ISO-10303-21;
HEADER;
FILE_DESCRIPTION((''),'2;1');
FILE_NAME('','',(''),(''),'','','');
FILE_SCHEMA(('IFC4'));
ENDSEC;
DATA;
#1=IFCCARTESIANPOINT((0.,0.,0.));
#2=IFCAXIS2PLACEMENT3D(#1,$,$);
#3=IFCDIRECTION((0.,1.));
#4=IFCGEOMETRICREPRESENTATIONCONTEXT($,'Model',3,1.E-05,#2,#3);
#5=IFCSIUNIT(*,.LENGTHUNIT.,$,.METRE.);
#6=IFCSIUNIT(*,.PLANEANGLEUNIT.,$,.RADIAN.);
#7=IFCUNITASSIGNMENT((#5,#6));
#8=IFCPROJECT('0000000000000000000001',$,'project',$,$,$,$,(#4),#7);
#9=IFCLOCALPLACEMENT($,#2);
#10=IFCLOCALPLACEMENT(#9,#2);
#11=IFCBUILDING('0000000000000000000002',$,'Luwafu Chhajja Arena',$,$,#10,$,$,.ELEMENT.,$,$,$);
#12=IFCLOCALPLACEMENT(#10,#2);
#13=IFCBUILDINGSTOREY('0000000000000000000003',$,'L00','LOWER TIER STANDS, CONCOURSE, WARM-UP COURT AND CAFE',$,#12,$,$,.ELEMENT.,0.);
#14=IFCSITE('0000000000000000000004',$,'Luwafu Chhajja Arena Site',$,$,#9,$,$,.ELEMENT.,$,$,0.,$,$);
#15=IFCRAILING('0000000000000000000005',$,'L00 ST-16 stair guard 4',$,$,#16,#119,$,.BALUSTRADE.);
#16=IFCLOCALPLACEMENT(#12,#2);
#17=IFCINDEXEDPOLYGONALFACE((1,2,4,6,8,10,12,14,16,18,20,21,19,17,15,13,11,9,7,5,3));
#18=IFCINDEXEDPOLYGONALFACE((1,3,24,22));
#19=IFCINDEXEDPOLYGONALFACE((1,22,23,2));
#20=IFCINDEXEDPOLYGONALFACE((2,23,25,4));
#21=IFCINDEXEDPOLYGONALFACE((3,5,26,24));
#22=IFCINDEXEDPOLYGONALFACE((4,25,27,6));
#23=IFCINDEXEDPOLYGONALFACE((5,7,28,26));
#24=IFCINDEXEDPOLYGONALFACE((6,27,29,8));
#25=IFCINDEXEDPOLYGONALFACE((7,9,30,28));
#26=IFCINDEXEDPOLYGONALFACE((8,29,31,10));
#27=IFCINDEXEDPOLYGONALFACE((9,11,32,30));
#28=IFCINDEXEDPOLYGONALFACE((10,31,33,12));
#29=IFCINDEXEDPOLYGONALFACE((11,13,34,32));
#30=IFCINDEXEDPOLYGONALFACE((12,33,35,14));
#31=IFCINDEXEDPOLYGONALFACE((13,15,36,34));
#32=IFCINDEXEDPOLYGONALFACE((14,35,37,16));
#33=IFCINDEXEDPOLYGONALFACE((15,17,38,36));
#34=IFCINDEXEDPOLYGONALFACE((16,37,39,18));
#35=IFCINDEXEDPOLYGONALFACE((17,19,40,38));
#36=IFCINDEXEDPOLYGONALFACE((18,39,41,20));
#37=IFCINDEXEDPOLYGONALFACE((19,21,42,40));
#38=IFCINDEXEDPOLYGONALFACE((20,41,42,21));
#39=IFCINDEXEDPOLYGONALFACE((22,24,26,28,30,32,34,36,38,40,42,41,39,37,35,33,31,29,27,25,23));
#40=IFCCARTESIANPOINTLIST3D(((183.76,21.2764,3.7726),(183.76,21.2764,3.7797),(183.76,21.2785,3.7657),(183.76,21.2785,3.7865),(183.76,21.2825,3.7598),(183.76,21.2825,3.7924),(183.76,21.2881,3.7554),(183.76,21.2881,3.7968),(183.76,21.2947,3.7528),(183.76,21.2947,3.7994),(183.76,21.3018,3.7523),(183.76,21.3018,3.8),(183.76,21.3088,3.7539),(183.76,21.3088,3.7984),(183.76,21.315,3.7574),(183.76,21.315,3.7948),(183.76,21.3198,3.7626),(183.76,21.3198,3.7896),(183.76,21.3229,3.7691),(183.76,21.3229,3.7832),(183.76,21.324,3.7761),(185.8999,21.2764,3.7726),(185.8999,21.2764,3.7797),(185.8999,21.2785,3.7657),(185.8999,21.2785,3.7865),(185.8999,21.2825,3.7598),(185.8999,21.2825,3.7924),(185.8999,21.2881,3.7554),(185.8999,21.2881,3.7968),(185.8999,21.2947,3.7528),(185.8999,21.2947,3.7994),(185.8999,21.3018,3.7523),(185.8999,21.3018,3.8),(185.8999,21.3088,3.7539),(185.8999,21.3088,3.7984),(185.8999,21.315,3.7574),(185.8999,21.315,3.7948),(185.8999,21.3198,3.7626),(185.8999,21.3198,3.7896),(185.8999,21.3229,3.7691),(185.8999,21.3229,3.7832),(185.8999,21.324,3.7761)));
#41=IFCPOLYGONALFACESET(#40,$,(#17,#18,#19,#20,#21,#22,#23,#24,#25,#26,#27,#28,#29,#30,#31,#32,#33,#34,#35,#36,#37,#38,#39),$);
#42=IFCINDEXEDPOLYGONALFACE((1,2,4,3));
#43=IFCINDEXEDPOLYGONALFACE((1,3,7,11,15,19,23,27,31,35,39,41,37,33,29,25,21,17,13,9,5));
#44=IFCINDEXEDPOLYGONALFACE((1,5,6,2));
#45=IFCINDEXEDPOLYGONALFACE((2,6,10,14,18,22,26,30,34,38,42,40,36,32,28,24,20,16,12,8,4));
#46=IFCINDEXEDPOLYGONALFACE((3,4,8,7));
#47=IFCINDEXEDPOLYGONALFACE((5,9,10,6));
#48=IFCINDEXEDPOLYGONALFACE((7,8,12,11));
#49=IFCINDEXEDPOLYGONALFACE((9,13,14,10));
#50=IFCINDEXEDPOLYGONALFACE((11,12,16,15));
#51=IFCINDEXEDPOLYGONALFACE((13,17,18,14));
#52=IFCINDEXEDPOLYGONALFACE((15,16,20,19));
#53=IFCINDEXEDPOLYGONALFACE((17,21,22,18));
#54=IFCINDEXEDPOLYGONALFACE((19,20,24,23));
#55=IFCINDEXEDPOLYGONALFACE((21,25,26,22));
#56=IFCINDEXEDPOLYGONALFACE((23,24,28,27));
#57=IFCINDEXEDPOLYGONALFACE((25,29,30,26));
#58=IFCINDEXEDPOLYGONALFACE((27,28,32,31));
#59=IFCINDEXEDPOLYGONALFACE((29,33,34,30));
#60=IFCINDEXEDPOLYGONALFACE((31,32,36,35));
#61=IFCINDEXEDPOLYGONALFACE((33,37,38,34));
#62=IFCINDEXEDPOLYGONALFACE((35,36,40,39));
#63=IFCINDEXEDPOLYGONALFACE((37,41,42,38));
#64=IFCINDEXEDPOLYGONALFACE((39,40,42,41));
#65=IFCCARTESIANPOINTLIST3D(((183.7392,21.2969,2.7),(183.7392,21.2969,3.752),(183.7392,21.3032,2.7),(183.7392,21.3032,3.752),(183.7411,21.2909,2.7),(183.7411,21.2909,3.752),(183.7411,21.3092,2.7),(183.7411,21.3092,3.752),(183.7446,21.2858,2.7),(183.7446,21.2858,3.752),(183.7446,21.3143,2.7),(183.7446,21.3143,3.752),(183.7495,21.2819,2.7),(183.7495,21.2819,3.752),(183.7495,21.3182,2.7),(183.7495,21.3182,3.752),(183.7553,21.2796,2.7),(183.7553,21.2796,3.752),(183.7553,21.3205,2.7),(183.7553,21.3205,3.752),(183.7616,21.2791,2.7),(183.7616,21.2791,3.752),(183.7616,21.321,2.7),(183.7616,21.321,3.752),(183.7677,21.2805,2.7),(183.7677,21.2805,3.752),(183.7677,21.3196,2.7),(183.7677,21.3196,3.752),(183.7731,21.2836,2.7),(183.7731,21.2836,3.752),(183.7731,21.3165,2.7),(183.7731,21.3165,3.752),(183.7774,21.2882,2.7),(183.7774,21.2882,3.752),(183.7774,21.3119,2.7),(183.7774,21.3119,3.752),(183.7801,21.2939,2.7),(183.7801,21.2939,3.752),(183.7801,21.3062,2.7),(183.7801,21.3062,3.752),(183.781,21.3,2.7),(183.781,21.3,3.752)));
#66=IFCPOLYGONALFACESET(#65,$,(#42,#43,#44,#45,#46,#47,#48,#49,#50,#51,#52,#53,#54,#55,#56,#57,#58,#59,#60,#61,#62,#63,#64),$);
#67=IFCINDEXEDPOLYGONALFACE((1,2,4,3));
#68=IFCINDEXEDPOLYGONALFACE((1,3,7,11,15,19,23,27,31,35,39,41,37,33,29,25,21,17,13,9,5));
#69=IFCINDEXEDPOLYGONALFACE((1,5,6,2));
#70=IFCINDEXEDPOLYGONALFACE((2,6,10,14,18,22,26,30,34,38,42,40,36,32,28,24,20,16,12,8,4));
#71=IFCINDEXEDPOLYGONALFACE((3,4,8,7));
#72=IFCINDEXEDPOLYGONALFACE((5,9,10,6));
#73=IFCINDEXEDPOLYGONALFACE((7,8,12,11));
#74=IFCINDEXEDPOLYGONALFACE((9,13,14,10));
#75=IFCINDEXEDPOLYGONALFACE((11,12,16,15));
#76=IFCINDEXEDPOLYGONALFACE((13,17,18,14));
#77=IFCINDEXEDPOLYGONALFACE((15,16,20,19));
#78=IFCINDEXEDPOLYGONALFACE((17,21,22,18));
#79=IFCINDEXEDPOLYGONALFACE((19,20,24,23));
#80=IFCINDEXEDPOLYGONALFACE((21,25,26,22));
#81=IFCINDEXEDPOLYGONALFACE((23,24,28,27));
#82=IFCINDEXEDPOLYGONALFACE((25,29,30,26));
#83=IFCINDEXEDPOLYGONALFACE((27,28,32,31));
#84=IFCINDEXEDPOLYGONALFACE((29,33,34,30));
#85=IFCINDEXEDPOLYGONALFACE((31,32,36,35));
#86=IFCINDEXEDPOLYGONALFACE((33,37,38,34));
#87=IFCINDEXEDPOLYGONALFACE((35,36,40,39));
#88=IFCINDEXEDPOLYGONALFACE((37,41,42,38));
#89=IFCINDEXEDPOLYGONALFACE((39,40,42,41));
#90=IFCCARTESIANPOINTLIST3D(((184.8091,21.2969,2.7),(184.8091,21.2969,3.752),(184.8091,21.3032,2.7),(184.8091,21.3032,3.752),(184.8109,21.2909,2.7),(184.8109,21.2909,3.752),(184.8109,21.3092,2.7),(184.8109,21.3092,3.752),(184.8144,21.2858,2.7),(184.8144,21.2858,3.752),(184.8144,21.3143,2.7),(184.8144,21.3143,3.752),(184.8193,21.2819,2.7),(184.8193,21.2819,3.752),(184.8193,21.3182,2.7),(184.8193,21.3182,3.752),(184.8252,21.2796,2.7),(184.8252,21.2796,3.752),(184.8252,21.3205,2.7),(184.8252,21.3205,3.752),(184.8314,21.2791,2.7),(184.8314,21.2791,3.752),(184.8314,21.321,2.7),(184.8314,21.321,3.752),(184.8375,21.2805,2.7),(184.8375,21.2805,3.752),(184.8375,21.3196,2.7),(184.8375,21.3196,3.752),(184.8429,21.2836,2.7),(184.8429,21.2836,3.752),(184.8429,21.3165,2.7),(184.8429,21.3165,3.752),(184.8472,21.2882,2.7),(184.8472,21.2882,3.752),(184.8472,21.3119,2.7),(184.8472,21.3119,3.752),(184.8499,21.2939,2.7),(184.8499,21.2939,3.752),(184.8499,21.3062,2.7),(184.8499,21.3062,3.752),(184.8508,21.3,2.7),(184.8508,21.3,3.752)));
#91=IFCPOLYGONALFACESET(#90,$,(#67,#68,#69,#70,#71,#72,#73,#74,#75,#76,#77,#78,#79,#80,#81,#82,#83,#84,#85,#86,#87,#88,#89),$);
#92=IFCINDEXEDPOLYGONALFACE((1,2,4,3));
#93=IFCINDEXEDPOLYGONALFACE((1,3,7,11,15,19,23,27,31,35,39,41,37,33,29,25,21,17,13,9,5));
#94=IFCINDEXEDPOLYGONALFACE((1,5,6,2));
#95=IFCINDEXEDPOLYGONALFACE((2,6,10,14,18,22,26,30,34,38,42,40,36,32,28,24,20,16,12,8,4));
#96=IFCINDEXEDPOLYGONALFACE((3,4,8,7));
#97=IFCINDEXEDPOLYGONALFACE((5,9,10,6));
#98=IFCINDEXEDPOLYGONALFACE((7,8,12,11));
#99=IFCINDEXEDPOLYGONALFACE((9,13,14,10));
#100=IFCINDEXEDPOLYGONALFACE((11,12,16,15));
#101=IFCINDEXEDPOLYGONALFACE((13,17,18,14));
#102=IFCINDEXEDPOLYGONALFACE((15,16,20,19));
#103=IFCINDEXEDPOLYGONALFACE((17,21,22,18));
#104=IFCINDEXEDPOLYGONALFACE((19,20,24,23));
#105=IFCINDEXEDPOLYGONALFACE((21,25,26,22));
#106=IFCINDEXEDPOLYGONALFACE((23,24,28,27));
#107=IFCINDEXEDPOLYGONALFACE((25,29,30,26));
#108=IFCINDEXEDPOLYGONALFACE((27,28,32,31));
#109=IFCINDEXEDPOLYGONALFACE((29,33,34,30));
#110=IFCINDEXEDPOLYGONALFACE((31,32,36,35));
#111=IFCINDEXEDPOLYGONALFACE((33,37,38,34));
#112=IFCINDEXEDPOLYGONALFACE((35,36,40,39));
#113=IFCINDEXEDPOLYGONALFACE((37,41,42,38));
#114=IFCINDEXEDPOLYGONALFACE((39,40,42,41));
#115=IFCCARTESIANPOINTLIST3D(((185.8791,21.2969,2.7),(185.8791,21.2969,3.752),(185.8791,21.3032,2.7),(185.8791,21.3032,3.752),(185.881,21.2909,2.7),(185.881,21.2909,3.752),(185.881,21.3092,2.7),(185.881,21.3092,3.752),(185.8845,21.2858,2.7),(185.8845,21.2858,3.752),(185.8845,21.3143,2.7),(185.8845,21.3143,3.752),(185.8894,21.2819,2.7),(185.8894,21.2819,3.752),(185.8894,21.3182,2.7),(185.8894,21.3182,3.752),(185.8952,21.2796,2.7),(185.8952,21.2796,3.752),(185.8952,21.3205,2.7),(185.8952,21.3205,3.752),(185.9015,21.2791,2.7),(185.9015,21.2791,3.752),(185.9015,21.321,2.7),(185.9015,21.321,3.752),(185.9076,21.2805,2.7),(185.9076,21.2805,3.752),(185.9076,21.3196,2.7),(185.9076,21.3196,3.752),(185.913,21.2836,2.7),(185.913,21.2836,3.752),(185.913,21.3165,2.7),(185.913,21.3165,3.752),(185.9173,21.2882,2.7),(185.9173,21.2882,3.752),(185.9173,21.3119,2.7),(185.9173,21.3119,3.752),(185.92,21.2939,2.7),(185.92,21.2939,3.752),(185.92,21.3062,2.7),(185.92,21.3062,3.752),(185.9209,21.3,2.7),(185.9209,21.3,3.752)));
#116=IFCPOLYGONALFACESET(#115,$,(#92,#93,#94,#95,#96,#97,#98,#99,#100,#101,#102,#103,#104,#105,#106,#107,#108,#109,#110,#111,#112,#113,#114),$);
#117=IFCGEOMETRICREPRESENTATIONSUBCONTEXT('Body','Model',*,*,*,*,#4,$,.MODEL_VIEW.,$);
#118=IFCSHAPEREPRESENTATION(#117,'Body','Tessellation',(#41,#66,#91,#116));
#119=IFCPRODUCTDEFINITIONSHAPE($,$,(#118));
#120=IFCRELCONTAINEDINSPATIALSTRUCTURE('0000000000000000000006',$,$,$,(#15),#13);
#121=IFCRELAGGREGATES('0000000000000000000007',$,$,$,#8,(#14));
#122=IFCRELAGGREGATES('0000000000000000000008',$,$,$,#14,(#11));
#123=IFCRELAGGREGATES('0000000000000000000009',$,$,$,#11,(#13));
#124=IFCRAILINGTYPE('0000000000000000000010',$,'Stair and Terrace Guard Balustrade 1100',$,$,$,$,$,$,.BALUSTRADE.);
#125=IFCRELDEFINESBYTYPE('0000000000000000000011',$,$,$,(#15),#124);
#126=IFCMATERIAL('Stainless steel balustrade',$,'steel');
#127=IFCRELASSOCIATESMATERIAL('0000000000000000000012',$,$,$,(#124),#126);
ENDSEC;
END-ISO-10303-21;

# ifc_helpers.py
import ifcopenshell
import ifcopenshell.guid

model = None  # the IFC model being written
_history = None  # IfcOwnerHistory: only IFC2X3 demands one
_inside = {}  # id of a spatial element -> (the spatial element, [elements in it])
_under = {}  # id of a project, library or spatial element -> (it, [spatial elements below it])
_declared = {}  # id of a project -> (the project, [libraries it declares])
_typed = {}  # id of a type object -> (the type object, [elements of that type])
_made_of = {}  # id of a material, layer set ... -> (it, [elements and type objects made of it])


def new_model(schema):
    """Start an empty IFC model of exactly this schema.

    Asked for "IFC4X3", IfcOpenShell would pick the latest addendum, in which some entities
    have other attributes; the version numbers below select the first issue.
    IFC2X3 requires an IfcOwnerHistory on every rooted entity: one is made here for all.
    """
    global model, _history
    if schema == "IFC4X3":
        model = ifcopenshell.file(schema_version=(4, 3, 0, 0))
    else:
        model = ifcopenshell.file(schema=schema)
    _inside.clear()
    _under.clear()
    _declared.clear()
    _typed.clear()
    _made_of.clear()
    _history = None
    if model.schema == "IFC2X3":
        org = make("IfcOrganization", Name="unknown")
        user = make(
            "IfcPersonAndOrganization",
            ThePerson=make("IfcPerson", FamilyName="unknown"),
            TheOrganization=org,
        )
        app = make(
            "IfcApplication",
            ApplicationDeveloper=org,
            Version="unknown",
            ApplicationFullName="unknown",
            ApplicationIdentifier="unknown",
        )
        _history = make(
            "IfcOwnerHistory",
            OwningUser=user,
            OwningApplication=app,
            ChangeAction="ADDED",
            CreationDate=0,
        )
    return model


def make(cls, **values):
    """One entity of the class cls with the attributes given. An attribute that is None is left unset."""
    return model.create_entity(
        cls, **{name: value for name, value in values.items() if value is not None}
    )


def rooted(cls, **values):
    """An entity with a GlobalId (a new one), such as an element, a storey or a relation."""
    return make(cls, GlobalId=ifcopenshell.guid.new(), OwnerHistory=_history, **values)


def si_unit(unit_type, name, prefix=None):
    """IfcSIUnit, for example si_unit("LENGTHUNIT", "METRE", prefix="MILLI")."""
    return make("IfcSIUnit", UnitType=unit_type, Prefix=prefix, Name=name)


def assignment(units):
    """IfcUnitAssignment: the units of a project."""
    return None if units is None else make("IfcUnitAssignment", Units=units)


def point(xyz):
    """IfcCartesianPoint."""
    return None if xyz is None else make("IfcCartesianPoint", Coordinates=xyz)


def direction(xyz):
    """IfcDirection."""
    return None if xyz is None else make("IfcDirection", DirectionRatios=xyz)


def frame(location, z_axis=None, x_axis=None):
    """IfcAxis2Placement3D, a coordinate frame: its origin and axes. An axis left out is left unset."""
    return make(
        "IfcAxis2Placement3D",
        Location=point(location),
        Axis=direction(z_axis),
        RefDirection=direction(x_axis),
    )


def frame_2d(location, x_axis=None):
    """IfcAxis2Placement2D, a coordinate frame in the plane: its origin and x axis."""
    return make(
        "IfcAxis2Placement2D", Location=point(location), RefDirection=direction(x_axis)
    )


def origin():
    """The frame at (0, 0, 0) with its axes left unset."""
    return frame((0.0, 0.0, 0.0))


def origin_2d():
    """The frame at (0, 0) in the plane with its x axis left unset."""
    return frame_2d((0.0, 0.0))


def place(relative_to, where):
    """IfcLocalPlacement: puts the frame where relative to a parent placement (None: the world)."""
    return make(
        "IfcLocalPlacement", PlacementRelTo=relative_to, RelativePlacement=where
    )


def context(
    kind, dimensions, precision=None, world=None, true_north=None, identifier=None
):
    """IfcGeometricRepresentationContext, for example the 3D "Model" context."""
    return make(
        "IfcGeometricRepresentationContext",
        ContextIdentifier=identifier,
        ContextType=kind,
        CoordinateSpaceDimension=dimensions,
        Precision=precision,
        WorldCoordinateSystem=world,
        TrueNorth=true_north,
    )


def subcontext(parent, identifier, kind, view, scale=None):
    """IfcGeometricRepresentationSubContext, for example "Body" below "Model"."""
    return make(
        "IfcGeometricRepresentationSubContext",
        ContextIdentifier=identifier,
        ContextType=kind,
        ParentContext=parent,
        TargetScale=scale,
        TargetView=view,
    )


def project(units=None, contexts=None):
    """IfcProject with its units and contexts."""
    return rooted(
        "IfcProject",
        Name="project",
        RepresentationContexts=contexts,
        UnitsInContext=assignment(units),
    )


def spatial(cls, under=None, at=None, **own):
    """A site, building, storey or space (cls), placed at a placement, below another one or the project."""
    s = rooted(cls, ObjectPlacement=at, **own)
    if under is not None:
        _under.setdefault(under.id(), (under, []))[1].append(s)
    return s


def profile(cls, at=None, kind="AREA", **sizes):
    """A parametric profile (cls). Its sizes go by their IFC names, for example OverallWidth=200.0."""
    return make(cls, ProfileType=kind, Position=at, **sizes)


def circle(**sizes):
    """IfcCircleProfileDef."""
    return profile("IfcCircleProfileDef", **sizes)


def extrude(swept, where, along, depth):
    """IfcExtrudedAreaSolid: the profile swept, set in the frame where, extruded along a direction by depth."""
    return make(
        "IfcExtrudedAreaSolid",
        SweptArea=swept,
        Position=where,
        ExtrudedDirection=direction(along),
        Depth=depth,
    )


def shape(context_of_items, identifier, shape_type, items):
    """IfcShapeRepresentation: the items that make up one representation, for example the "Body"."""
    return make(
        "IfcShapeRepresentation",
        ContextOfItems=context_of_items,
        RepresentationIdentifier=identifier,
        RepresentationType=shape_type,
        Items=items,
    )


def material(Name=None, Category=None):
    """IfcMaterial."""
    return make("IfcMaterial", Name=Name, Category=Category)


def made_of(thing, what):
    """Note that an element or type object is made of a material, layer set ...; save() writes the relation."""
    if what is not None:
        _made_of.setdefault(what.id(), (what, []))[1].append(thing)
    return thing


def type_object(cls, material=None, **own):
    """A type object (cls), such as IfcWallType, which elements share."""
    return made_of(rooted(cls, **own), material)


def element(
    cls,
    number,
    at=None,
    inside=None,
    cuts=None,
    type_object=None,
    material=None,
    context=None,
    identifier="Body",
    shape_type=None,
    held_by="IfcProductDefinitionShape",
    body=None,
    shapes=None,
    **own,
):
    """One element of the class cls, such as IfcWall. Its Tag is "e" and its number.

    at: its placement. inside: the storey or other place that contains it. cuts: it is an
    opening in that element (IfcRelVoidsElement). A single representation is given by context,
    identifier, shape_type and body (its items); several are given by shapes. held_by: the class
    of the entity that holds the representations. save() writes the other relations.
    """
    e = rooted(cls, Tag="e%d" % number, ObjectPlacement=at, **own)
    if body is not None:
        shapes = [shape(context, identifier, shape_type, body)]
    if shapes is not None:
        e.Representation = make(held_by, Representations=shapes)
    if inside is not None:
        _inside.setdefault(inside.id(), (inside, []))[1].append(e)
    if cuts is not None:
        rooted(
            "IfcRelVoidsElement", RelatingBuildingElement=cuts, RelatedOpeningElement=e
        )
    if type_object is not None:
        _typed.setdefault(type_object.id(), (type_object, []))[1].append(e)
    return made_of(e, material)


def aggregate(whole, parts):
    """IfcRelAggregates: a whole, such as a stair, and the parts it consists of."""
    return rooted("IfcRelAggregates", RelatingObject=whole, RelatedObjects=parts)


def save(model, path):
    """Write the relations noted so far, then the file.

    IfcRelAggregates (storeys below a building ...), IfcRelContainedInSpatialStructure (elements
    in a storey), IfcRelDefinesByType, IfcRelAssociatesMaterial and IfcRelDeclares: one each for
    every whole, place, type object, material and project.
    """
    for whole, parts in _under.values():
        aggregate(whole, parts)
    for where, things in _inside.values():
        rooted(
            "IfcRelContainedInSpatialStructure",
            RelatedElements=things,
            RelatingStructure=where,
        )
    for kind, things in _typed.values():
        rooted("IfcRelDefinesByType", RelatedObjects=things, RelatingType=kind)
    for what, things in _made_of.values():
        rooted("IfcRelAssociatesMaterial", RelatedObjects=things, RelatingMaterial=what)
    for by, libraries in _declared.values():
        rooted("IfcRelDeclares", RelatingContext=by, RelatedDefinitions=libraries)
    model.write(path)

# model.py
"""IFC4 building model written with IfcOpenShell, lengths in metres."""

from ifc_helpers import new_model, si_unit, direction, frame, origin, origin_2d, place, context, subcontext, project, spatial, circle, extrude, material, type_object, element, save


model = new_model("IFC4")

# Units and contexts
model_context = context("Model", 3, precision=1e-05, world=origin(), true_north=direction((0.0, 1.0)))
body_context = subcontext(model_context, "Body", "Model", "MODEL_VIEW")
ifc_project = project(units=[si_unit("LENGTHUNIT", "METRE"), si_unit("PLANEANGLEUNIT", "RADIAN")], contexts=[model_context])

# Site, building, storey
site_placement = place(None, origin())
site = spatial("IfcSite", under=ifc_project, at=site_placement, Name="Luwafu Chhajja Arena Site", CompositionType="ELEMENT", RefElevation=0.0)
building_placement = place(site_placement, origin())
building = spatial("IfcBuilding", under=site, at=building_placement, Name="Luwafu Chhajja Arena", CompositionType="ELEMENT")
storey_placement = place(building_placement, origin())
storey = spatial("IfcBuildingStorey", under=building, at=storey_placement, Name="L00", Description="LOWER TIER STANDS, CONCOURSE, WARM-UP COURT AND CAFE", CompositionType="ELEMENT", Elevation=0.0)

# Railing
ifc_material_1 = material(Name="Stainless steel balustrade", Category="steel")
railing_type_1 = type_object("IfcRailingType", Name="Stair and Terrace Guard Balustrade 1100", PredefinedType="BALUSTRADE", material=ifc_material_1)
for number, where, name in (
    (1, (183.76, 21.3, 2.7), "L00 ST-16 stair guard 4"),
):
    element("IfcRailing", number, at=place(storey_placement, frame(where)), inside=storey, type_object=railing_type_1, Name=name, PredefinedType="BALUSTRADE", context=body_context, shape_type="SweptSolid", body=[
        extrude(circle(Radius=0.0239, at=origin_2d()), frame((0.0, 0.0, 1.0762), z_axis=(1.0, 0.0, 0.0), x_axis=(0.0, 1.0, 0.0)), (0.0, 0.0, 1.0), 2.1399),
        extrude(circle(Radius=0.021, at=origin_2d()), origin(), (0.0, 0.0, 1.0), 1.052),
        extrude(circle(Radius=0.021, at=origin_2d()), frame((1.0698, 0.0, 0.0)), (0.0, 0.0, 1.0), 1.052),
        extrude(circle(Radius=0.021, at=origin_2d()), frame((2.1399, 0.0, 0.0)), (0.0, 0.0, 1.0), 1.052),
    ])

save(model, "model.ifc")
